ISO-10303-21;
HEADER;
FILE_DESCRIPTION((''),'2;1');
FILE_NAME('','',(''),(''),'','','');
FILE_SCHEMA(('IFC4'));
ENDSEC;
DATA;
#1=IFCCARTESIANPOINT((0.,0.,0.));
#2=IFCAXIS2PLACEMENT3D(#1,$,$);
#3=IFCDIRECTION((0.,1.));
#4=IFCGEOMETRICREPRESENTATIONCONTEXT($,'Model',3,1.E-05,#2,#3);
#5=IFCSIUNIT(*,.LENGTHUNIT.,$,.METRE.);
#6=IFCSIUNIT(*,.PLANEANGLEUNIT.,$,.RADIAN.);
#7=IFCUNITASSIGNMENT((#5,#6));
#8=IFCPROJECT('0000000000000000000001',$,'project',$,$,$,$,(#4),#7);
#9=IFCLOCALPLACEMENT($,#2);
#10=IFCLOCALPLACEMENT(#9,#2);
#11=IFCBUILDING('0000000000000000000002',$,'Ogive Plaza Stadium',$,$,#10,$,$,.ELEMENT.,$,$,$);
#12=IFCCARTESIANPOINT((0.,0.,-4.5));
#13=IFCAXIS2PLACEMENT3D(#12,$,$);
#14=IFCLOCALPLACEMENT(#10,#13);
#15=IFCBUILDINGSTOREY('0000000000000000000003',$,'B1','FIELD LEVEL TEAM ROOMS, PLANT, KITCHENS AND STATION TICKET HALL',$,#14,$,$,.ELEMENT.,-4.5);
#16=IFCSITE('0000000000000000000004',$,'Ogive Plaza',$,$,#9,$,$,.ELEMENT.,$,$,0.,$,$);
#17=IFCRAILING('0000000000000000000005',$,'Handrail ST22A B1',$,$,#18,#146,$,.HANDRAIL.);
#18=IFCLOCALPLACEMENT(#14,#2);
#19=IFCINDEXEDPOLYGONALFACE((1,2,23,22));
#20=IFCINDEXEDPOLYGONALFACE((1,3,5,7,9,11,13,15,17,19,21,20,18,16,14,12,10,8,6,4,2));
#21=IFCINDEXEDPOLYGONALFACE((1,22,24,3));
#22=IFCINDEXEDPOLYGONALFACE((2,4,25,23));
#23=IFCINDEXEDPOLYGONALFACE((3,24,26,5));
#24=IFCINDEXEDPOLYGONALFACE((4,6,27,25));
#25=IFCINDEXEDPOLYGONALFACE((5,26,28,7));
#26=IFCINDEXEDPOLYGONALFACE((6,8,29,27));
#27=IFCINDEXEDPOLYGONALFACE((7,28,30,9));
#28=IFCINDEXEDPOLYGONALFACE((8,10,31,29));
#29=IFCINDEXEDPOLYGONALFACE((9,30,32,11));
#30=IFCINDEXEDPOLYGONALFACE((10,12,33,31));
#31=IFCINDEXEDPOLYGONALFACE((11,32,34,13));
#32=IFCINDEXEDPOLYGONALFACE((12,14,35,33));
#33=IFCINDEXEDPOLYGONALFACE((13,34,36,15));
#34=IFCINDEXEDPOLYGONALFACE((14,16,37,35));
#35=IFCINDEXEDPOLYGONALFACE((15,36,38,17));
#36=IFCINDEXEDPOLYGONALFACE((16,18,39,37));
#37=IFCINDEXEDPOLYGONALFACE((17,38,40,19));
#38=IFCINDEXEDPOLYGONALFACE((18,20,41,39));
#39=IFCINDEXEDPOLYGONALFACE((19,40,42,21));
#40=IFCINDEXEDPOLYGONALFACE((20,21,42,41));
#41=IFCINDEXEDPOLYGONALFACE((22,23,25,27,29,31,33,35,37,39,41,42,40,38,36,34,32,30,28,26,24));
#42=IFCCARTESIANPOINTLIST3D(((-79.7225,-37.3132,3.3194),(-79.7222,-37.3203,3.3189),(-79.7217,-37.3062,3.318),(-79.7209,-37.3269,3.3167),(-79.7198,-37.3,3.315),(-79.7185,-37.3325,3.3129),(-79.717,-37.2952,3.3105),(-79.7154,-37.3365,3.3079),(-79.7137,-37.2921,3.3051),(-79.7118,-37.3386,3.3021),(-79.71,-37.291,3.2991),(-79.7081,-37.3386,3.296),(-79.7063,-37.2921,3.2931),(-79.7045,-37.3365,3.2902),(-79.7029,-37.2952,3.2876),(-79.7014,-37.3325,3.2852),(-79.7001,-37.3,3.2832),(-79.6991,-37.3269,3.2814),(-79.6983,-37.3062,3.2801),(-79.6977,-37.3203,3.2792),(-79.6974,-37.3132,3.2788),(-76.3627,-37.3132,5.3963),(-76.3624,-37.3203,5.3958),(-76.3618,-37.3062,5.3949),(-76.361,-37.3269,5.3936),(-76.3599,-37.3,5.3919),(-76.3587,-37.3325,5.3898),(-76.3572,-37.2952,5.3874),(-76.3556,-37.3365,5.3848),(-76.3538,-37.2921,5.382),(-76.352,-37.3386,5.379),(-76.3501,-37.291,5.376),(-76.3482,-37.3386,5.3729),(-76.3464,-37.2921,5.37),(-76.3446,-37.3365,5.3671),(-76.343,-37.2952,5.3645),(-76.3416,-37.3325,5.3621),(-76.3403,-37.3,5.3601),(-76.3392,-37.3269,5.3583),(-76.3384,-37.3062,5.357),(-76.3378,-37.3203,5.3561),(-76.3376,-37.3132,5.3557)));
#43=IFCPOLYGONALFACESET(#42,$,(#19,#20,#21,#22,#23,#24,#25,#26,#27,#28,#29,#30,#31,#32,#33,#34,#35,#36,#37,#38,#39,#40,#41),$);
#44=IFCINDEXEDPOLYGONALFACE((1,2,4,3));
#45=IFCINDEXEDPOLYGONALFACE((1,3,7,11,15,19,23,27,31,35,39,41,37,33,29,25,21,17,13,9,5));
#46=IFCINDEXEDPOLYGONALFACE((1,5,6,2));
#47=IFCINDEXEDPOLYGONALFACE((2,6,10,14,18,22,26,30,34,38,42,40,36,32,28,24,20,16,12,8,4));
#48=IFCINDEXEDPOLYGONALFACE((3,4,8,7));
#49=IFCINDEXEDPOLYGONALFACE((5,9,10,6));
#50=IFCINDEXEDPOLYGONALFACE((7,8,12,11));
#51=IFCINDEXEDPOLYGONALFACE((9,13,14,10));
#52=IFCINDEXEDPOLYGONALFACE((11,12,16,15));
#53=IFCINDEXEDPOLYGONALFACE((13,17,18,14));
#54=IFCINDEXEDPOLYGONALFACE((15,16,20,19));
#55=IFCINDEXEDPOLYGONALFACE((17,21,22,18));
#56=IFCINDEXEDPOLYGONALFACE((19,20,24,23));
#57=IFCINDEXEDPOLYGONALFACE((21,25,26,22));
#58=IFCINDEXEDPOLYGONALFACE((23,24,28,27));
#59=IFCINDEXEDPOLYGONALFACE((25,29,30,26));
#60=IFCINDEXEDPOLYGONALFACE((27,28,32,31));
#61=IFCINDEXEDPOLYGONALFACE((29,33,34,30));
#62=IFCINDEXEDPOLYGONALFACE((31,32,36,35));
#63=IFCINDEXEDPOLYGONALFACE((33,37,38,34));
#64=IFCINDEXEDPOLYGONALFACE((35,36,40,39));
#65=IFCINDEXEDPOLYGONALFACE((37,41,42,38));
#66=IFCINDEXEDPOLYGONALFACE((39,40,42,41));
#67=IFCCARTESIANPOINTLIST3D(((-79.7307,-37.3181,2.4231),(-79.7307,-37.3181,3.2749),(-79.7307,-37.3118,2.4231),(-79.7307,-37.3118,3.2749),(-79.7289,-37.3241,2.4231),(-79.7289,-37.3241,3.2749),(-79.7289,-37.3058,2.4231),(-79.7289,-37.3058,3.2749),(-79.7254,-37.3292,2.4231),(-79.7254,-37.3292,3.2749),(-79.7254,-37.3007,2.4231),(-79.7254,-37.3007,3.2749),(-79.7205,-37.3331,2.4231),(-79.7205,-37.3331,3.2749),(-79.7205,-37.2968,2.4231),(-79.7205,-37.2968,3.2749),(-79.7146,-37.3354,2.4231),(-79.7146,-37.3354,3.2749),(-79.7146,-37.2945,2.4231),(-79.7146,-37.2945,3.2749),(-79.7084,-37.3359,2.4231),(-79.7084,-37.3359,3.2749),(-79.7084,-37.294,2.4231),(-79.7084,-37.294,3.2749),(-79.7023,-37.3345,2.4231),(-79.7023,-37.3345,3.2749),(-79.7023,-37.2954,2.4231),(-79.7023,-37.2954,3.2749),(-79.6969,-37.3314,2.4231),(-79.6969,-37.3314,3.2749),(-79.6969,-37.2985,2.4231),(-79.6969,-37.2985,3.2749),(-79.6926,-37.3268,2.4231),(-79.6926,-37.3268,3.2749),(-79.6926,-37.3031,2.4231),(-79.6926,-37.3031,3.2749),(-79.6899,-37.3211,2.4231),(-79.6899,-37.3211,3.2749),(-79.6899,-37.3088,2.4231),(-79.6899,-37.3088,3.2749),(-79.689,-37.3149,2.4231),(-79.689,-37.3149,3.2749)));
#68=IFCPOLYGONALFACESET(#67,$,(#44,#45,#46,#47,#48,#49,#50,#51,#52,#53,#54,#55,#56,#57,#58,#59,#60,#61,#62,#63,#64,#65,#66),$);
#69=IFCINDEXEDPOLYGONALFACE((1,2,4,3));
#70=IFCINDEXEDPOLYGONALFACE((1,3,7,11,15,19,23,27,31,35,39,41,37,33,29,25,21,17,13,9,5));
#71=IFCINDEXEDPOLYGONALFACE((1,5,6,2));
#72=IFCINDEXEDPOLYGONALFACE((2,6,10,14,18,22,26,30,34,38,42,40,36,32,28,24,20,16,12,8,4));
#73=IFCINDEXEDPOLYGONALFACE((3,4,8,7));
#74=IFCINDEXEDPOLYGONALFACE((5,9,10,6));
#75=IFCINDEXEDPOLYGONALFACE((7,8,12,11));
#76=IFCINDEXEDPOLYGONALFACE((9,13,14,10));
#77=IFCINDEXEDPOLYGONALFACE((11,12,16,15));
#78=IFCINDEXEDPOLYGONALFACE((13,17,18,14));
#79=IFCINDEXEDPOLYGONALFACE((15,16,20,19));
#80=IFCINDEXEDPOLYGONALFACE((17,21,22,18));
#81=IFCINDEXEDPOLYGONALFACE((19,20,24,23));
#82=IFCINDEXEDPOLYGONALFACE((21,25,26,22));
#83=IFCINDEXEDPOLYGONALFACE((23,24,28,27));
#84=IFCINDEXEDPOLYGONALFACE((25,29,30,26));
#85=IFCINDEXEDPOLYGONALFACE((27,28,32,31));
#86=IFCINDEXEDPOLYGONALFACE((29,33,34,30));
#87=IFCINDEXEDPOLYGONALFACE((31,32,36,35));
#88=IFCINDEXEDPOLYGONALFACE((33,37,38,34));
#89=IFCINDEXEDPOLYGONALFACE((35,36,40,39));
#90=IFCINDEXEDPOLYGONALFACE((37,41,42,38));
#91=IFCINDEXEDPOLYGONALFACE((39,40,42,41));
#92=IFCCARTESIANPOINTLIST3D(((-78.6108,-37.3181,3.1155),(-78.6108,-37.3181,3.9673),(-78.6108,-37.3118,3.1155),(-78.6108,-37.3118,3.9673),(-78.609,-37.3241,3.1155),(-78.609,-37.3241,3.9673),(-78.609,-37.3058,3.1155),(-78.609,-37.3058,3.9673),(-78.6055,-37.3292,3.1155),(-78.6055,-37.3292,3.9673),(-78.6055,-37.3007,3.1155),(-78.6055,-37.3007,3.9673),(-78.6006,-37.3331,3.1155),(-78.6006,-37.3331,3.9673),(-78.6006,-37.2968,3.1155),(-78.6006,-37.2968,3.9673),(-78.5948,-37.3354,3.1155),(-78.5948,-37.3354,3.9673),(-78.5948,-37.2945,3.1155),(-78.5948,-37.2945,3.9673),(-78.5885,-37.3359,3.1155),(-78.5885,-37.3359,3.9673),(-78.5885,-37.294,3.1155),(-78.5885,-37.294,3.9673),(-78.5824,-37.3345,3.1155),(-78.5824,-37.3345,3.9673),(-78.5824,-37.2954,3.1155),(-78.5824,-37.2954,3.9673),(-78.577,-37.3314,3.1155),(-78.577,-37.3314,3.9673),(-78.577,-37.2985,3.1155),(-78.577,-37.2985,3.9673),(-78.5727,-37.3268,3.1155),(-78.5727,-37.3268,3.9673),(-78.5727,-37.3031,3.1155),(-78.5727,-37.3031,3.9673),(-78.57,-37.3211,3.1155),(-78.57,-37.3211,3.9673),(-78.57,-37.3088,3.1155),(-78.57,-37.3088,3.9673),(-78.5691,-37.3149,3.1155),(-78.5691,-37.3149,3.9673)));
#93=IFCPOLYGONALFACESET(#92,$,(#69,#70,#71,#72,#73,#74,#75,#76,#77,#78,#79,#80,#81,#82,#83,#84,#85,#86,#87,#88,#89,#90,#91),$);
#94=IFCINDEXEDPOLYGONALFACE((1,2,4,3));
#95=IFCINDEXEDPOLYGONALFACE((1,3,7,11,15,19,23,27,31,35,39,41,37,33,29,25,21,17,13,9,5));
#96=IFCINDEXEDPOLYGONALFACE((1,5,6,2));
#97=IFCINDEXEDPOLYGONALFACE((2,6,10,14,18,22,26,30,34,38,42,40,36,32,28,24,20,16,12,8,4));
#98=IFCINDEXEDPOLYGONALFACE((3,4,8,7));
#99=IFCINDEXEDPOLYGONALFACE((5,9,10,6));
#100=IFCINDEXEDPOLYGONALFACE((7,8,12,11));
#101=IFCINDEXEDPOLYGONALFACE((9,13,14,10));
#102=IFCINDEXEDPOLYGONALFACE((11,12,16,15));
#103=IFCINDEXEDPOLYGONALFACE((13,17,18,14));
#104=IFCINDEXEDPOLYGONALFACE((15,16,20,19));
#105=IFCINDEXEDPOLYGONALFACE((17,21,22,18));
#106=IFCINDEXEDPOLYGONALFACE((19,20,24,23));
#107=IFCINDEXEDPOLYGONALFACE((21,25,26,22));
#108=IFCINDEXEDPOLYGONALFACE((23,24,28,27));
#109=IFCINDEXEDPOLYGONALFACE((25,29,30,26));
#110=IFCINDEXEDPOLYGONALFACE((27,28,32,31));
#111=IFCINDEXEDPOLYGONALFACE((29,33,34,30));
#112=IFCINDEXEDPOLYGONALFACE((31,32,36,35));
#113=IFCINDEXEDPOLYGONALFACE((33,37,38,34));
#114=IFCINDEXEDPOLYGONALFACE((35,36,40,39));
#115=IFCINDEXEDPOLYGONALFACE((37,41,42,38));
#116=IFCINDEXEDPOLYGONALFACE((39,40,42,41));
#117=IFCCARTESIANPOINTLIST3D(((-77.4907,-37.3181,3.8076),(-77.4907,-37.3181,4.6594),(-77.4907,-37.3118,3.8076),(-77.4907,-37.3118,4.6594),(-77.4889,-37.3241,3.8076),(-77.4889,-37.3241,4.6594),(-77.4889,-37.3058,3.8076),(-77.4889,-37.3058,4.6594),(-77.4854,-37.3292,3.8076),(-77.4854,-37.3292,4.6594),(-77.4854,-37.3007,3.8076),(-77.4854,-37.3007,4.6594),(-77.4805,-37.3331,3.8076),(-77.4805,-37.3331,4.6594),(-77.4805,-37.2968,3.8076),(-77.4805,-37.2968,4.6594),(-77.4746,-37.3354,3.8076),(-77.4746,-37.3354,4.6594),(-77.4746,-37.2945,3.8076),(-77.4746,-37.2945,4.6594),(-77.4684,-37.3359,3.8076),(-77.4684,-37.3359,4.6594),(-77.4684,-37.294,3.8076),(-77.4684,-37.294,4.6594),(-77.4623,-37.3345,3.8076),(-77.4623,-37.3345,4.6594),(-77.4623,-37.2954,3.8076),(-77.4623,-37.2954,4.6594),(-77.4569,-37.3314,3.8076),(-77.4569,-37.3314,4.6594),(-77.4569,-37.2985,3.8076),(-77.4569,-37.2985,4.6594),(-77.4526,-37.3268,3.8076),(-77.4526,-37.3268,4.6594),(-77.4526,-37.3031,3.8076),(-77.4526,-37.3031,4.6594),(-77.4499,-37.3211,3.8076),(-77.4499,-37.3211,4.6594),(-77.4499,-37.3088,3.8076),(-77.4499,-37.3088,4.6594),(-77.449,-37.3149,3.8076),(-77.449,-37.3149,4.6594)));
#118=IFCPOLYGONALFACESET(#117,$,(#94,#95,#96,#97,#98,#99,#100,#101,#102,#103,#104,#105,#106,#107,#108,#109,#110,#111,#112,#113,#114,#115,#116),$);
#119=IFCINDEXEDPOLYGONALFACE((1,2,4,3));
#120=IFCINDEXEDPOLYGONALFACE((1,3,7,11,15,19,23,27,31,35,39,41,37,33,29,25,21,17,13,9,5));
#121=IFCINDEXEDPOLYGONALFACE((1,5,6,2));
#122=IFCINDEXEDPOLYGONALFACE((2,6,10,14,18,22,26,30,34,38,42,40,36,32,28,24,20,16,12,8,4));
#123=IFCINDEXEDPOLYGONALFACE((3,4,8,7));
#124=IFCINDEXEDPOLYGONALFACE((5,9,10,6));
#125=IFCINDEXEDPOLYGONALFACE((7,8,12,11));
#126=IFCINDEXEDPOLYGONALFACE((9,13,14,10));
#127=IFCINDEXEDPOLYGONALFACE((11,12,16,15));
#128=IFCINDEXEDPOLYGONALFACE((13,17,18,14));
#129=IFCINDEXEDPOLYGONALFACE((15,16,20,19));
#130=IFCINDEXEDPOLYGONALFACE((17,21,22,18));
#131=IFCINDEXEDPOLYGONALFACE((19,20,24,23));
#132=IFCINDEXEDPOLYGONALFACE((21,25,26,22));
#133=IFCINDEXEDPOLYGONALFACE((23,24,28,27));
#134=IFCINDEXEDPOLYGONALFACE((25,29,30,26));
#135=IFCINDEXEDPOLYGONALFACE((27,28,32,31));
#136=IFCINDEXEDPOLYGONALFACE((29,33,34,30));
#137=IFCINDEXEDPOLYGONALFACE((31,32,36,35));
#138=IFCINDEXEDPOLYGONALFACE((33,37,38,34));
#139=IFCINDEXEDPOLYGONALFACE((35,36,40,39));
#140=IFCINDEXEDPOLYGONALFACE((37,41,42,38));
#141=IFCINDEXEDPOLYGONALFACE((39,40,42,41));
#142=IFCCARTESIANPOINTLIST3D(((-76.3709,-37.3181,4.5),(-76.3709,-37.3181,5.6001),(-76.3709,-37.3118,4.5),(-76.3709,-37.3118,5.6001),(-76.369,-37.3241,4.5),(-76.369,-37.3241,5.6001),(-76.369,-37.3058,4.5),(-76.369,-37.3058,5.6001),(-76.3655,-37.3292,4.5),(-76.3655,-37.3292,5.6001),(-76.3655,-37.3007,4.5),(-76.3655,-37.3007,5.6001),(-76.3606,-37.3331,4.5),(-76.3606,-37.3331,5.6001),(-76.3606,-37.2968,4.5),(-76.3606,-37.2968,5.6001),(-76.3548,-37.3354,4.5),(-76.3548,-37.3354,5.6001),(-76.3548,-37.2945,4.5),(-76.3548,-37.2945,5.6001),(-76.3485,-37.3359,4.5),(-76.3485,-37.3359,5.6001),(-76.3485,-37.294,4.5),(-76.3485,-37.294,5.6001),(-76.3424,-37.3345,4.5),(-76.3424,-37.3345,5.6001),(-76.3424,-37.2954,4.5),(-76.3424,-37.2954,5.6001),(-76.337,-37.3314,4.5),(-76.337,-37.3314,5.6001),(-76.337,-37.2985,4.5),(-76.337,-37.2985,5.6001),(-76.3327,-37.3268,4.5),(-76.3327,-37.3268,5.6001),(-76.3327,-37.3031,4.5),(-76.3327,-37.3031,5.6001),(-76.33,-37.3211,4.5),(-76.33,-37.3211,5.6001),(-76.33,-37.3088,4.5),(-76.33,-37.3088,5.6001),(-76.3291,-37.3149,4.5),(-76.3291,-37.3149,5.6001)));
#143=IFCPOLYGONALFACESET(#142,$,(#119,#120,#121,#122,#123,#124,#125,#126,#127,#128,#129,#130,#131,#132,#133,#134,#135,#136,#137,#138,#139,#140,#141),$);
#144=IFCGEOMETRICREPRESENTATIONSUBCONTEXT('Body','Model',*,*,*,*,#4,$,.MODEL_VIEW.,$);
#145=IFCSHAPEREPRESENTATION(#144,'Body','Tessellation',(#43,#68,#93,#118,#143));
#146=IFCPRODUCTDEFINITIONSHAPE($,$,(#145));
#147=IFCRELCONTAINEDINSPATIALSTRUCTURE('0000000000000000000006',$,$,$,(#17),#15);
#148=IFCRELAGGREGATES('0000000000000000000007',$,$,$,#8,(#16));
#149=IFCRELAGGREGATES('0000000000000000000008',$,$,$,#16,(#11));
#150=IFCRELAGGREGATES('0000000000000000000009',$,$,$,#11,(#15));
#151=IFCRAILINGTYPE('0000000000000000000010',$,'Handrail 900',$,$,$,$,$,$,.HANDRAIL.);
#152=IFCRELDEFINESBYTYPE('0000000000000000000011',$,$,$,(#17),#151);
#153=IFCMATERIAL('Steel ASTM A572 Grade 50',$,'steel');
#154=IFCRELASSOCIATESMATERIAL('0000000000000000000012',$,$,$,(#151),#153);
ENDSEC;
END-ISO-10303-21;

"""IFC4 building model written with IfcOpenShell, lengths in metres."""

from ifc_helpers import new_model, si_unit, direction, frame, origin, origin_2d, place, context, subcontext, project, spatial, circle, extrude, material, type_object, element, save


model = new_model("IFC4")

# Units and contexts
model_context = context("Model", 3, precision=1e-05, world=origin(), true_north=direction((0.0, 1.0)))
body_context = subcontext(model_context, "Body", "Model", "MODEL_VIEW")
ifc_project = project(units=[si_unit("LENGTHUNIT", "METRE"), si_unit("PLANEANGLEUNIT", "RADIAN")], contexts=[model_context])

# Site, building, storey
site_placement = place(None, origin())
site = spatial("IfcSite", under=ifc_project, at=site_placement, Name="Ogive Plaza", CompositionType="ELEMENT", RefElevation=0.0)
building_placement = place(site_placement, origin())
building = spatial("IfcBuilding", under=site, at=building_placement, Name="Ogive Plaza Stadium", CompositionType="ELEMENT")
storey_placement = place(building_placement, frame((0.0, 0.0, -4.5)))
storey = spatial("IfcBuildingStorey", under=building, at=storey_placement, Name="B1", Description="FIELD LEVEL TEAM ROOMS, PLANT, KITCHENS AND STATION TICKET HALL", CompositionType="ELEMENT", Elevation=-4.5)

# Railing
ifc_material_1 = material(Name="Steel ASTM A572 Grade 50", Category="steel")
railing_type_1 = type_object("IfcRailingType", Name="Handrail 900", PredefinedType="HANDRAIL", material=ifc_material_1)
for number, where, name in (
    (1, (-79.71, -37.3149, 2.4231), "Handrail ST22A B1"),
):
    element("IfcRailing", number, at=place(storey_placement, frame(where)), inside=storey, type_object=railing_type_1, Name=name, PredefinedType="HANDRAIL", context=body_context, shape_type="SweptSolid", body=[
        extrude(circle(Radius=0.0239, at=origin_2d()), frame((0.0, 0.0, 0.876), z_axis=(0.850606, 0.0, 0.525803), x_axis=(0.0, 1.0, 0.0)), (0.0, 0.0, 1.0), 3.95),
        extrude(circle(Radius=0.021, at=origin_2d()), origin(), (0.0, 0.0, 1.0), 0.8518),
        extrude(circle(Radius=0.021, at=origin_2d()), frame((1.1199, 0.0, 0.6924)), (0.0, 0.0, 1.0), 0.8518),
        extrude(circle(Radius=0.021, at=origin_2d()), frame((2.24, 0.0, 1.3845)), (0.0, 0.0, 1.0), 0.8518),
        extrude(circle(Radius=0.021, at=origin_2d()), frame((3.3599, 0.0, 2.0769)), (0.0, 0.0, 1.0), 1.1001),
    ])

save(model, "model.ifc")
